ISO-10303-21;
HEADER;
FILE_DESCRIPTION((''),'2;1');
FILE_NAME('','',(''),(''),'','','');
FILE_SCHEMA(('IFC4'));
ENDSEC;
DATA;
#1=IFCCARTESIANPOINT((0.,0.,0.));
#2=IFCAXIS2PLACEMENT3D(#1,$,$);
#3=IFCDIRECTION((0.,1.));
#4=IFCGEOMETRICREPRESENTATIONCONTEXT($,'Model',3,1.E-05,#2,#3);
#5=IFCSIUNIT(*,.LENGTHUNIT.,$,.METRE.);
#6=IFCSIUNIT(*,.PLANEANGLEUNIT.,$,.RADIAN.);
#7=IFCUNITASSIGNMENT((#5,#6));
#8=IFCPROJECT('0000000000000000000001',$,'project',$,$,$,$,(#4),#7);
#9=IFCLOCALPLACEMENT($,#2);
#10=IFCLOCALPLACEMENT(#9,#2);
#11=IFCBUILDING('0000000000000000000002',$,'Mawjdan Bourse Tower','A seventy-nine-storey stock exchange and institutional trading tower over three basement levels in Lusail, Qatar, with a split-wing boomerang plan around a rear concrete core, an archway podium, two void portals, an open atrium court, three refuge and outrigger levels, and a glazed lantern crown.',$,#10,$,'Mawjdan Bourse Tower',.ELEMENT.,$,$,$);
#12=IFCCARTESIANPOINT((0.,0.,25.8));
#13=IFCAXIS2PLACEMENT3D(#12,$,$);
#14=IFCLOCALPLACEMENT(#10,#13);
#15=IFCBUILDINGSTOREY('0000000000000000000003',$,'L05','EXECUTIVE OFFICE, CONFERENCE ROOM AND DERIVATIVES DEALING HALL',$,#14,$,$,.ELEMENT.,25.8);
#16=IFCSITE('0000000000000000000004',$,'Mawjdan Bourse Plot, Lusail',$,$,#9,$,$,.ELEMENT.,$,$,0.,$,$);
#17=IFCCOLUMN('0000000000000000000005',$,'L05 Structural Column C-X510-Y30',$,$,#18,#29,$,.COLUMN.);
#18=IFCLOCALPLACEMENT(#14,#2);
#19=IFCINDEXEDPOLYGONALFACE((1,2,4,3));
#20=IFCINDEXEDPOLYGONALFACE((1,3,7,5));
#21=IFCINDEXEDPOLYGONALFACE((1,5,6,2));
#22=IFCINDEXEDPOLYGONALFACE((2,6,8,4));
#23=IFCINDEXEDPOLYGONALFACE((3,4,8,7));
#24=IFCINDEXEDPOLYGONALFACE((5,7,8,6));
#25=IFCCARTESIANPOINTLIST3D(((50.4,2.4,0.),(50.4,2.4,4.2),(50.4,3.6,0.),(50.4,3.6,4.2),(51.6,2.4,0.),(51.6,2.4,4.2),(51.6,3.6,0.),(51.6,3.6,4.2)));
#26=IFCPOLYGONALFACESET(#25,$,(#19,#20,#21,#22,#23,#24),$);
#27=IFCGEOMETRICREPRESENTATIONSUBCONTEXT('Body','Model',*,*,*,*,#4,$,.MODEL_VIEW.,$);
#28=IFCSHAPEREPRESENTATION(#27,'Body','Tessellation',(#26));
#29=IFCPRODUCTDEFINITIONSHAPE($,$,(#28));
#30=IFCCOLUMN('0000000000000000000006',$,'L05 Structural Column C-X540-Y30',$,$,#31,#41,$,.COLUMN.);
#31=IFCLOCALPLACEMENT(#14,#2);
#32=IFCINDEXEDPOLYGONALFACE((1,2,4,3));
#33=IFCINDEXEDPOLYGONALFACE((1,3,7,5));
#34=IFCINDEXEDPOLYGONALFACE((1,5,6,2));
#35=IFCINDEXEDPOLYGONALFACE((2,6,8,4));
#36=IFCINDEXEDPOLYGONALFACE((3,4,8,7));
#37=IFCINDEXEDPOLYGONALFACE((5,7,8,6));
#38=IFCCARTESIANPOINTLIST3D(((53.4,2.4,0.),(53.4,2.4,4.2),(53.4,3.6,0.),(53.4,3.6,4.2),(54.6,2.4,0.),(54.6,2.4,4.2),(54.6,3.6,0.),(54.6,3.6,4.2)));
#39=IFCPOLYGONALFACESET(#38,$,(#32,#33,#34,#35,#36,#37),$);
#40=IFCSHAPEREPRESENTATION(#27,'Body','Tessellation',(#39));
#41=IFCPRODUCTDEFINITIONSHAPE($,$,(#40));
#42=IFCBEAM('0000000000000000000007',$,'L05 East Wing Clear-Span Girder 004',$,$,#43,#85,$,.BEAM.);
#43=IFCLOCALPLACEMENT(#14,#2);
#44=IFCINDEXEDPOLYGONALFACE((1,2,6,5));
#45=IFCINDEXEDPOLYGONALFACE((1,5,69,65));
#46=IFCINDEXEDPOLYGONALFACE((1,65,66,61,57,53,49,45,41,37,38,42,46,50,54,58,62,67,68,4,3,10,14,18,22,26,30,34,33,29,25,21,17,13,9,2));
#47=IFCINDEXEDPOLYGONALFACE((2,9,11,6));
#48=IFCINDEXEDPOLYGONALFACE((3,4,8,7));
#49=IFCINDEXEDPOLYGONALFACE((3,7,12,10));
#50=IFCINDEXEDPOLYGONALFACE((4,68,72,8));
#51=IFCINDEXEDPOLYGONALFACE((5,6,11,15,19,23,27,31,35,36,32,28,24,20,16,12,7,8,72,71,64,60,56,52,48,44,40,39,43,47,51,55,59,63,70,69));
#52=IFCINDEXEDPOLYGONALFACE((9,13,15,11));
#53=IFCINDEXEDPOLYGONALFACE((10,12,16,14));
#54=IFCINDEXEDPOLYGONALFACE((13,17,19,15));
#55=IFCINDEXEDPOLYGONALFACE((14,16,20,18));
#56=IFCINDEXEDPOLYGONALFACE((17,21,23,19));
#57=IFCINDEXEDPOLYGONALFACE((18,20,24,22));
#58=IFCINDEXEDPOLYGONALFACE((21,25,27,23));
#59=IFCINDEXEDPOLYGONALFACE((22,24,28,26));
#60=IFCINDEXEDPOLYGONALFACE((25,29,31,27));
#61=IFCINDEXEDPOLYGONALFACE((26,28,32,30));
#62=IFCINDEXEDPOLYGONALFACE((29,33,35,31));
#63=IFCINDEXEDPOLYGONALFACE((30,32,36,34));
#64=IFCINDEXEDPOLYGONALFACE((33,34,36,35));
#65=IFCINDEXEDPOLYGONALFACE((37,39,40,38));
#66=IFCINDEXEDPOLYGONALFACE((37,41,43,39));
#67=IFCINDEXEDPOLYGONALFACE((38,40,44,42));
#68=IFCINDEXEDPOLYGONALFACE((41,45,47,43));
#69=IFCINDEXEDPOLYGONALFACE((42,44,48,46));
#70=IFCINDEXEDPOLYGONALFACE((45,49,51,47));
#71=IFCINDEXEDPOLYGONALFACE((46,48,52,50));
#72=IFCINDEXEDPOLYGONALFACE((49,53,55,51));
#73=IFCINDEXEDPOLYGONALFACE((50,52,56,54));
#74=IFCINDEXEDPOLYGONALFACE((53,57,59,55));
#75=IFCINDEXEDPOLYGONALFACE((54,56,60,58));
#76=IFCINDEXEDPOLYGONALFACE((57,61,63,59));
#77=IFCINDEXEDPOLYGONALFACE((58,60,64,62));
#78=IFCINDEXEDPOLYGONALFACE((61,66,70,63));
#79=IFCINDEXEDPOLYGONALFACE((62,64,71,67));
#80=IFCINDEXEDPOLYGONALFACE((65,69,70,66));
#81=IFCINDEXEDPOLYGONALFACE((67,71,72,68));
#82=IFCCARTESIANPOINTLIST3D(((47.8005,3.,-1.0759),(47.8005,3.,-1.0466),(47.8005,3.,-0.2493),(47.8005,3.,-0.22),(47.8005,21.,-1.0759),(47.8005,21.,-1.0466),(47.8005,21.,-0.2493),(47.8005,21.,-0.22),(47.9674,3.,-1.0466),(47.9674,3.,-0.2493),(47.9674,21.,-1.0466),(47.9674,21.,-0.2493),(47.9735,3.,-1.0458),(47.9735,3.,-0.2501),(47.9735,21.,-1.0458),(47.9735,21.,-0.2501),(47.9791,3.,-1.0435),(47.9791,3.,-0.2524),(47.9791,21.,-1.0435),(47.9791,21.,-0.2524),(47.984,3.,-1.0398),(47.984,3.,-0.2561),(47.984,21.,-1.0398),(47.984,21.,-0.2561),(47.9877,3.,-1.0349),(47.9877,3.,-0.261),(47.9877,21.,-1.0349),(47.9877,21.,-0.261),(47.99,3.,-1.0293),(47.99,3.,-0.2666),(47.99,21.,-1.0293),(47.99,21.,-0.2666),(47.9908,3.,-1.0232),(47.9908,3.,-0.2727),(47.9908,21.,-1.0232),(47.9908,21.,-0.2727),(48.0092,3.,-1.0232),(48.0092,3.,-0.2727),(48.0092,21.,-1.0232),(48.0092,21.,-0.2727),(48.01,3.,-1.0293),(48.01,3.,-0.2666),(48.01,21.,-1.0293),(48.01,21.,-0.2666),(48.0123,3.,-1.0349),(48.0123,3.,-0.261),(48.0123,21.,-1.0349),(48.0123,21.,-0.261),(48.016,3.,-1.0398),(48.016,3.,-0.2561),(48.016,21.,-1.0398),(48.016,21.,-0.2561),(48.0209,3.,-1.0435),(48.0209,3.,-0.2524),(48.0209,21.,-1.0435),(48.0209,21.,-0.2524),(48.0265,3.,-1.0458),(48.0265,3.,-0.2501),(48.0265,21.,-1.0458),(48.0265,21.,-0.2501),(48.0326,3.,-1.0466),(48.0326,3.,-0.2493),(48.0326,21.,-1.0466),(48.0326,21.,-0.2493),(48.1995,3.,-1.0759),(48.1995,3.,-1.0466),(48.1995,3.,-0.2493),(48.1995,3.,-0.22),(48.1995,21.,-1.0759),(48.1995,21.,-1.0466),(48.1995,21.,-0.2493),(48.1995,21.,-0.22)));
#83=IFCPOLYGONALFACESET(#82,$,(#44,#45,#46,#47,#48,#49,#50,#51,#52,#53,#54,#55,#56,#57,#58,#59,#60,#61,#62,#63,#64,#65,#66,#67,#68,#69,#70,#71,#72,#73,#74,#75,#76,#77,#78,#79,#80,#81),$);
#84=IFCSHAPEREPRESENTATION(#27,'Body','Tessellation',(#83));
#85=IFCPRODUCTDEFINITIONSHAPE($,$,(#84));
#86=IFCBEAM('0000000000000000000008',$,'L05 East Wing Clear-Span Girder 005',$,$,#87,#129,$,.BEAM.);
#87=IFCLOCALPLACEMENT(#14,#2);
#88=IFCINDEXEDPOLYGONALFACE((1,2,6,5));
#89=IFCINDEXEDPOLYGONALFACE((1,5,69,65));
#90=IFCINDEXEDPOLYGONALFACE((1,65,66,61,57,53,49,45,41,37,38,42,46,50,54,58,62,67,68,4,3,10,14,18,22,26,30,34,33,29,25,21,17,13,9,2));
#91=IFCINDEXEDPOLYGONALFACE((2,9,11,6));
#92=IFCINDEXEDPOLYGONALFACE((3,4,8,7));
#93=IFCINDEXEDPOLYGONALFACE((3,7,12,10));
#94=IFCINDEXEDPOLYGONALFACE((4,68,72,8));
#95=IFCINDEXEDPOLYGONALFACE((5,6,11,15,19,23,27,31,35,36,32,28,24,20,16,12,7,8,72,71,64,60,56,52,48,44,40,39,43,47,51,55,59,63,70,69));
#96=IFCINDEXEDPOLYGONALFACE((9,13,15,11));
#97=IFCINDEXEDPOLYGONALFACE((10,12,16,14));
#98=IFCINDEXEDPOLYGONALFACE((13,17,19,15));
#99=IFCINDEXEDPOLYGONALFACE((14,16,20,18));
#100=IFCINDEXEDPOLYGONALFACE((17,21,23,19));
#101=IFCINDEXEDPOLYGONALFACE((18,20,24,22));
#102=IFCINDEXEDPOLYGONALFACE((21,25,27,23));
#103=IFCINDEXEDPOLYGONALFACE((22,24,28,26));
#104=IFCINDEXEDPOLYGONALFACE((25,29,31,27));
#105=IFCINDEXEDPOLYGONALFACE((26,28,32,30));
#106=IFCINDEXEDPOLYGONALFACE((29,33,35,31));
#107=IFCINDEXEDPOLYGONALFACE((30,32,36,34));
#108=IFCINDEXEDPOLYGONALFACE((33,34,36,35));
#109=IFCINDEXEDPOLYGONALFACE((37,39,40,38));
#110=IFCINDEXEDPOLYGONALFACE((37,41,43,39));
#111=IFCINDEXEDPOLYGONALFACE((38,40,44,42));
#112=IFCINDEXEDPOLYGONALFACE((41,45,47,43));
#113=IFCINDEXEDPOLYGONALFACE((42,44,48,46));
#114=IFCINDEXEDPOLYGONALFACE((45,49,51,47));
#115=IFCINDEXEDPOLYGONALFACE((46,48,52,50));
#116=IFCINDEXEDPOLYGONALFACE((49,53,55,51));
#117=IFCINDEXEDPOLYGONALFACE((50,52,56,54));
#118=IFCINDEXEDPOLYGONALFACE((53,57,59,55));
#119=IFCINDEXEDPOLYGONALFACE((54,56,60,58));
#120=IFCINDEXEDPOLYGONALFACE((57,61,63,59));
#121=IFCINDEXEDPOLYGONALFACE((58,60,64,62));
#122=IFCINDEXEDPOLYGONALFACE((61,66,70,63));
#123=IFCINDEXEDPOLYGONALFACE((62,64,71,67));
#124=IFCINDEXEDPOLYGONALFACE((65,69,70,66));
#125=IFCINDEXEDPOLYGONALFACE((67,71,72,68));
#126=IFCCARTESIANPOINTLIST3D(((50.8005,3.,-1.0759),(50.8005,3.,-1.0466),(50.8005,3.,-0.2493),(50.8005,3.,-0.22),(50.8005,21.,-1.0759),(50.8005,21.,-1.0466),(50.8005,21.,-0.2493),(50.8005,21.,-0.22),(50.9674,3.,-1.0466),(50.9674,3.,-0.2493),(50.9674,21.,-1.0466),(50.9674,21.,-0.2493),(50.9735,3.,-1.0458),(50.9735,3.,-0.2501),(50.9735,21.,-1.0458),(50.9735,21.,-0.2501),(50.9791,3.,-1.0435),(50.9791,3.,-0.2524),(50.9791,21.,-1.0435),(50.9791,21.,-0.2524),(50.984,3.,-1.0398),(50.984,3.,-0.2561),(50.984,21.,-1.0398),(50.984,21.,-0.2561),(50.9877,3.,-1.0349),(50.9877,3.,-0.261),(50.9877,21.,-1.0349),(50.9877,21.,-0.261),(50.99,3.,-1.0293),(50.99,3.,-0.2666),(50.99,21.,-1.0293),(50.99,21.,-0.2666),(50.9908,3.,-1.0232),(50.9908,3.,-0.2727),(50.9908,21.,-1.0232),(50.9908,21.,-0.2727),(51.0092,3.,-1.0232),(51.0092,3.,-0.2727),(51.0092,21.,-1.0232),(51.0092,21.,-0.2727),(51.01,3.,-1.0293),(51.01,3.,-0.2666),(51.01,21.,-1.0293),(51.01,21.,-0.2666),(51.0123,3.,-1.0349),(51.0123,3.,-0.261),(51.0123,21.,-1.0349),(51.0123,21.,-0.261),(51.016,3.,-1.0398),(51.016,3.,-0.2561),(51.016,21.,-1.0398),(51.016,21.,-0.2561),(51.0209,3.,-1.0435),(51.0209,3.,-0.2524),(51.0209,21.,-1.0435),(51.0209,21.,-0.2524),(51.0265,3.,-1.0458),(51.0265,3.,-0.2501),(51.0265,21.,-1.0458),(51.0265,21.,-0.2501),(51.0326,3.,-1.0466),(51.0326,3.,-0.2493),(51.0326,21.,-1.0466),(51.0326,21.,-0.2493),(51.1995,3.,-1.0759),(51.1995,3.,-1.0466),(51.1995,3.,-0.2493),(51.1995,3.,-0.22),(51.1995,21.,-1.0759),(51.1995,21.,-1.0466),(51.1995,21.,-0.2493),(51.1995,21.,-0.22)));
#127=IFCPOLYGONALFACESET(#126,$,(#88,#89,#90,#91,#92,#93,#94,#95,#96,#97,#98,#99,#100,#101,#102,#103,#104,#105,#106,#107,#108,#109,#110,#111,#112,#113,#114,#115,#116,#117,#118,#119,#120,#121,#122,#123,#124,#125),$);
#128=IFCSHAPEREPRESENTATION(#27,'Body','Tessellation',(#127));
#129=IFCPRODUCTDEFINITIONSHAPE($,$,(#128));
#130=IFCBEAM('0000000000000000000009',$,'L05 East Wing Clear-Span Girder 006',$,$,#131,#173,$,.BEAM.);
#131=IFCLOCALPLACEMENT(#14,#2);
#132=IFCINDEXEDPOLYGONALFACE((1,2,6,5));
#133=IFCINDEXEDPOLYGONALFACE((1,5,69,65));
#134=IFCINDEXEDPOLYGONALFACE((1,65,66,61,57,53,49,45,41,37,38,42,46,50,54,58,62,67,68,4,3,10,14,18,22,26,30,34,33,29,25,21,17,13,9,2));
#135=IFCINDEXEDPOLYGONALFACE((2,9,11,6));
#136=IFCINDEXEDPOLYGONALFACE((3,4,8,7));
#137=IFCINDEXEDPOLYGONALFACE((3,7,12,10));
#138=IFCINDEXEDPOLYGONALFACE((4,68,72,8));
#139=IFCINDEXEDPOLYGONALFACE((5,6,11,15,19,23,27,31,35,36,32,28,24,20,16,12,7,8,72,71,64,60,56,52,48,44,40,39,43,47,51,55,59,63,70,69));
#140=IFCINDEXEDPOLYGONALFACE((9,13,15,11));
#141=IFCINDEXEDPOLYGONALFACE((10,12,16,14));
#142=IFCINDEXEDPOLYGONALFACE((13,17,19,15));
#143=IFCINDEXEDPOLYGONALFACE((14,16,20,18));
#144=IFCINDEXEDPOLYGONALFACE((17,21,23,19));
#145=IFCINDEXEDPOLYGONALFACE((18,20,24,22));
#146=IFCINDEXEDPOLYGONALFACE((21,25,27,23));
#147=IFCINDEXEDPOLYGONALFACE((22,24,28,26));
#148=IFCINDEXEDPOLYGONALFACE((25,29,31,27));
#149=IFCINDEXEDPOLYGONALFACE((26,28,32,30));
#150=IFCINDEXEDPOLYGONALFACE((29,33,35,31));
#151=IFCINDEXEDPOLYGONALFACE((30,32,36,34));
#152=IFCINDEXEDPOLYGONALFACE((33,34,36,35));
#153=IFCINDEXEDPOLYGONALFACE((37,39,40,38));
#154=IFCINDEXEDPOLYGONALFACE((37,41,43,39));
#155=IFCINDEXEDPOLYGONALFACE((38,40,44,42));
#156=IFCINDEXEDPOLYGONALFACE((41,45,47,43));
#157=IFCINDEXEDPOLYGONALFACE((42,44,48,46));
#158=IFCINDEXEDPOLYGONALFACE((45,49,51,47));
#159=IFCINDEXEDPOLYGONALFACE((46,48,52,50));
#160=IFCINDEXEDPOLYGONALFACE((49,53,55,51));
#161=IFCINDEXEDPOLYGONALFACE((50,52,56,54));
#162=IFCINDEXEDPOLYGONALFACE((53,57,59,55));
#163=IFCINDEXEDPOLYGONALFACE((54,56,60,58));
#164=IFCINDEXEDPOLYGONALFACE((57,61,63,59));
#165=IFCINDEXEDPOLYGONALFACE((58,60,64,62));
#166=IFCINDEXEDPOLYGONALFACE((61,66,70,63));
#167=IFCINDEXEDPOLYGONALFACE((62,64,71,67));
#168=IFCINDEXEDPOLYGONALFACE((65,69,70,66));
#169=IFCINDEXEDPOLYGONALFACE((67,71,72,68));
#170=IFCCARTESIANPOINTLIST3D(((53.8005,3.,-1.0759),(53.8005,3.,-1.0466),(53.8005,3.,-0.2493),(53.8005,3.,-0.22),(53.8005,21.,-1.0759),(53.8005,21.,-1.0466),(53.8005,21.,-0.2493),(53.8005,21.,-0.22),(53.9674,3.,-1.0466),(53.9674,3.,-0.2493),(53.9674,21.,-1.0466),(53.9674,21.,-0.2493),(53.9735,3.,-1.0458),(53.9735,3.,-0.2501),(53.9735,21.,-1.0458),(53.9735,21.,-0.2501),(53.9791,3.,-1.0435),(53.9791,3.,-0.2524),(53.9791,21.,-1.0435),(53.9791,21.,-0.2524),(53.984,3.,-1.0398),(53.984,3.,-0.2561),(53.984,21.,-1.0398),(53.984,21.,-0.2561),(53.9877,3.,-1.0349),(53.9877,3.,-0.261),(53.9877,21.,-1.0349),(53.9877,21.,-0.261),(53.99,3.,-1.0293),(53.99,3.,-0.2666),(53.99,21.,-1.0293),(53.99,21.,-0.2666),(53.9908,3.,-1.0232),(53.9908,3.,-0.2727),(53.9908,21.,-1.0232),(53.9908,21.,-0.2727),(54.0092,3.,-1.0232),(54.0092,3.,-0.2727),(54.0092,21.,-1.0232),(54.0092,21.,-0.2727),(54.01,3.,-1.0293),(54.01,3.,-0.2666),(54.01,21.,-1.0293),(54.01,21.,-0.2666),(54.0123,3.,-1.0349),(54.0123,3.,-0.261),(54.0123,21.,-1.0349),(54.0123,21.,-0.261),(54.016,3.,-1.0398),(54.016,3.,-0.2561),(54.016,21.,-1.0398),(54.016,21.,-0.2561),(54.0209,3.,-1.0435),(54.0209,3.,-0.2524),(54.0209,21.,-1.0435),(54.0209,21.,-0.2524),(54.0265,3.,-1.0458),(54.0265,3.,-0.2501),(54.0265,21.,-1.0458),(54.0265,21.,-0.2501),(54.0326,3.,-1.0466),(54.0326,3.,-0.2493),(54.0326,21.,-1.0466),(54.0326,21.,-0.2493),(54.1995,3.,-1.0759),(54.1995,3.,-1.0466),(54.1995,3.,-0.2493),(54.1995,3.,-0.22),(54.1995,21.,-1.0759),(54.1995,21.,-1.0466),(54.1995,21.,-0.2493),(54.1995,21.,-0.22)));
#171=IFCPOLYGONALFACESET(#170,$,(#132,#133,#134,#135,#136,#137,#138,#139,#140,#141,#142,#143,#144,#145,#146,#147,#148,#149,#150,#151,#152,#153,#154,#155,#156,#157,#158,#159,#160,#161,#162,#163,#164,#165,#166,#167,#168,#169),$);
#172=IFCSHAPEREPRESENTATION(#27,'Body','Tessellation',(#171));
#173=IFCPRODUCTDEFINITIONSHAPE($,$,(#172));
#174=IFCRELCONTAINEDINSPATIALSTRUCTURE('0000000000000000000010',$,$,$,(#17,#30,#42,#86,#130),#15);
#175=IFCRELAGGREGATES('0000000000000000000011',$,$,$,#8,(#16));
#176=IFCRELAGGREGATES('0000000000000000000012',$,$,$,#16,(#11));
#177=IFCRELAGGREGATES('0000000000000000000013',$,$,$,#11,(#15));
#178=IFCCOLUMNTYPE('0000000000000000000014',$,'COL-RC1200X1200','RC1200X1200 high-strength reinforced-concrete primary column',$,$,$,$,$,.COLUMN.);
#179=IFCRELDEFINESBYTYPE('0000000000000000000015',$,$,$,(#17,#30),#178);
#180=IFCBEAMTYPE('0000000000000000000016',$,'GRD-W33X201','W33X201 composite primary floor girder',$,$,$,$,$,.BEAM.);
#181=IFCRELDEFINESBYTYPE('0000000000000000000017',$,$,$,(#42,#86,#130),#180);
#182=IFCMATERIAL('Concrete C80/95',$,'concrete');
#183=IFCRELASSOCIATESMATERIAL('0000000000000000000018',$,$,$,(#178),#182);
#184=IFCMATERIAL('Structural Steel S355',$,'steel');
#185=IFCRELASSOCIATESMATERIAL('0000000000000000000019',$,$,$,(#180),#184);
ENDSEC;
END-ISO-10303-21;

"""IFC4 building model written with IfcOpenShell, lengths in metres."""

from ifc_helpers import new_model, si_unit, direction, frame, origin, origin_2d, place, context, subcontext, project, spatial, rectangle, i_section, extrude, material, material_profile, profile_set, type_object, element, save


model = new_model("IFC4")

# Units and contexts
model_context = context("Model", 3, precision=1e-05, world=origin(), true_north=direction((0.0, 1.0)))
body_context = subcontext(model_context, "Body", "Model", "MODEL_VIEW")
ifc_project = project(units=[si_unit("LENGTHUNIT", "METRE"), si_unit("PLANEANGLEUNIT", "RADIAN")], contexts=[model_context])

# Site, building, storey
site_placement = place(None, origin())
site = spatial("IfcSite", under=ifc_project, at=site_placement, Name="Mawjdan Bourse Plot, Lusail", CompositionType="ELEMENT", RefElevation=0.0)
building_placement = place(site_placement, origin())
building = spatial("IfcBuilding", under=site, at=building_placement, Name="Mawjdan Bourse Tower", Description="A seventy-nine-storey stock exchange and institutional trading tower over three basement levels in Lusail, Qatar, with a split-wing boomerang plan around a rear concrete core, an archway podium, two void portals, an open atrium court, three refuge and outrigger levels, and a glazed lantern crown.", LongName="Mawjdan Bourse Tower", CompositionType="ELEMENT")
storey_placement = place(building_placement, frame((0.0, 0.0, 25.8)))
storey = spatial("IfcBuildingStorey", under=building, at=storey_placement, Name="L05", Description="EXECUTIVE OFFICE, CONFERENCE ROOM AND DERIVATIVES DEALING HALL", CompositionType="ELEMENT", Elevation=25.8)

# Columns
ifc_material_1 = material(Name="Concrete C80/95", Category="concrete")
ifc_material_profile_1 = material_profile(ifc_material_1, rectangle(XDim=1.2, YDim=1.2, at=origin_2d()), Name="RC1200X1200")
ifc_profile_set_1 = profile_set([ifc_material_profile_1], Name="Concrete C80/95")
column_type = type_object("IfcColumnType", Name="COL-RC1200X1200", Description="RC1200X1200 high-strength reinforced-concrete primary column", PredefinedType="COLUMN", material=ifc_profile_set_1)
for number, where, z_axis, x_axis, name in (
    (1, (51.0, 3.0, 0.0), (0.0, 0.0, 1.0), (1.0, 0.0, 0.0), "L05 Structural Column C-X510-Y30"),
    (2, (54.0, 3.0, 0.0), (0.0, 0.0, 1.0), (1.0, 0.0, 0.0), "L05 Structural Column C-X540-Y30"),
):
    element("IfcColumn", number, at=place(storey_placement, frame(where, z_axis=z_axis, x_axis=x_axis)), inside=storey, type_object=column_type, Name=name, PredefinedType="COLUMN", context=body_context, shape_type="SweptSolid", body=[
        extrude(rectangle(XDim=1.2, YDim=1.2, at=origin_2d()), origin(), (0.0, 0.0, 1.0), 4.2),
    ])

# Beams
ifc_material_2 = material(Name="Structural Steel S355", Category="steel")
ifc_material_profile_2 = material_profile(ifc_material_2, i_section(OverallWidth=0.3989, OverallDepth=0.856, WebThickness=0.0183, FlangeThickness=0.0293, FilletRadius=0.0234, at=origin_2d()), Name="W33X201")
ifc_profile_set_2 = profile_set([ifc_material_profile_2], Name="Structural Steel S355")
beam_type_1 = type_object("IfcBeamType", Name="GRD-W33X201", Description="W33X201 composite primary floor girder", PredefinedType="BEAM", material=ifc_profile_set_2)
for number, where, z_axis, x_axis, name in (
    (3, (48.0, 3.0, -0.6479), (0.0, 1.0, 0.0), (-1.0, 0.0, 0.0), "L05 East Wing Clear-Span Girder 004"),
    (4, (51.0, 3.0, -0.6479), (0.0, 1.0, 0.0), (-1.0, 0.0, 0.0), "L05 East Wing Clear-Span Girder 005"),
    (5, (54.0, 3.0, -0.6479), (0.0, 1.0, 0.0), (-1.0, 0.0, 0.0), "L05 East Wing Clear-Span Girder 006"),
):
    element("IfcBeam", number, at=place(storey_placement, frame(where, z_axis=z_axis, x_axis=x_axis)), inside=storey, type_object=beam_type_1, Name=name, PredefinedType="BEAM", context=body_context, shape_type="SweptSolid", body=[
        extrude(i_section(OverallWidth=0.3989, OverallDepth=0.856, WebThickness=0.0183, FlangeThickness=0.0293, FilletRadius=0.0234, at=origin_2d()), origin(), (0.0, 0.0, 1.0), 18.0),
    ])

save(model, "model.ifc")
